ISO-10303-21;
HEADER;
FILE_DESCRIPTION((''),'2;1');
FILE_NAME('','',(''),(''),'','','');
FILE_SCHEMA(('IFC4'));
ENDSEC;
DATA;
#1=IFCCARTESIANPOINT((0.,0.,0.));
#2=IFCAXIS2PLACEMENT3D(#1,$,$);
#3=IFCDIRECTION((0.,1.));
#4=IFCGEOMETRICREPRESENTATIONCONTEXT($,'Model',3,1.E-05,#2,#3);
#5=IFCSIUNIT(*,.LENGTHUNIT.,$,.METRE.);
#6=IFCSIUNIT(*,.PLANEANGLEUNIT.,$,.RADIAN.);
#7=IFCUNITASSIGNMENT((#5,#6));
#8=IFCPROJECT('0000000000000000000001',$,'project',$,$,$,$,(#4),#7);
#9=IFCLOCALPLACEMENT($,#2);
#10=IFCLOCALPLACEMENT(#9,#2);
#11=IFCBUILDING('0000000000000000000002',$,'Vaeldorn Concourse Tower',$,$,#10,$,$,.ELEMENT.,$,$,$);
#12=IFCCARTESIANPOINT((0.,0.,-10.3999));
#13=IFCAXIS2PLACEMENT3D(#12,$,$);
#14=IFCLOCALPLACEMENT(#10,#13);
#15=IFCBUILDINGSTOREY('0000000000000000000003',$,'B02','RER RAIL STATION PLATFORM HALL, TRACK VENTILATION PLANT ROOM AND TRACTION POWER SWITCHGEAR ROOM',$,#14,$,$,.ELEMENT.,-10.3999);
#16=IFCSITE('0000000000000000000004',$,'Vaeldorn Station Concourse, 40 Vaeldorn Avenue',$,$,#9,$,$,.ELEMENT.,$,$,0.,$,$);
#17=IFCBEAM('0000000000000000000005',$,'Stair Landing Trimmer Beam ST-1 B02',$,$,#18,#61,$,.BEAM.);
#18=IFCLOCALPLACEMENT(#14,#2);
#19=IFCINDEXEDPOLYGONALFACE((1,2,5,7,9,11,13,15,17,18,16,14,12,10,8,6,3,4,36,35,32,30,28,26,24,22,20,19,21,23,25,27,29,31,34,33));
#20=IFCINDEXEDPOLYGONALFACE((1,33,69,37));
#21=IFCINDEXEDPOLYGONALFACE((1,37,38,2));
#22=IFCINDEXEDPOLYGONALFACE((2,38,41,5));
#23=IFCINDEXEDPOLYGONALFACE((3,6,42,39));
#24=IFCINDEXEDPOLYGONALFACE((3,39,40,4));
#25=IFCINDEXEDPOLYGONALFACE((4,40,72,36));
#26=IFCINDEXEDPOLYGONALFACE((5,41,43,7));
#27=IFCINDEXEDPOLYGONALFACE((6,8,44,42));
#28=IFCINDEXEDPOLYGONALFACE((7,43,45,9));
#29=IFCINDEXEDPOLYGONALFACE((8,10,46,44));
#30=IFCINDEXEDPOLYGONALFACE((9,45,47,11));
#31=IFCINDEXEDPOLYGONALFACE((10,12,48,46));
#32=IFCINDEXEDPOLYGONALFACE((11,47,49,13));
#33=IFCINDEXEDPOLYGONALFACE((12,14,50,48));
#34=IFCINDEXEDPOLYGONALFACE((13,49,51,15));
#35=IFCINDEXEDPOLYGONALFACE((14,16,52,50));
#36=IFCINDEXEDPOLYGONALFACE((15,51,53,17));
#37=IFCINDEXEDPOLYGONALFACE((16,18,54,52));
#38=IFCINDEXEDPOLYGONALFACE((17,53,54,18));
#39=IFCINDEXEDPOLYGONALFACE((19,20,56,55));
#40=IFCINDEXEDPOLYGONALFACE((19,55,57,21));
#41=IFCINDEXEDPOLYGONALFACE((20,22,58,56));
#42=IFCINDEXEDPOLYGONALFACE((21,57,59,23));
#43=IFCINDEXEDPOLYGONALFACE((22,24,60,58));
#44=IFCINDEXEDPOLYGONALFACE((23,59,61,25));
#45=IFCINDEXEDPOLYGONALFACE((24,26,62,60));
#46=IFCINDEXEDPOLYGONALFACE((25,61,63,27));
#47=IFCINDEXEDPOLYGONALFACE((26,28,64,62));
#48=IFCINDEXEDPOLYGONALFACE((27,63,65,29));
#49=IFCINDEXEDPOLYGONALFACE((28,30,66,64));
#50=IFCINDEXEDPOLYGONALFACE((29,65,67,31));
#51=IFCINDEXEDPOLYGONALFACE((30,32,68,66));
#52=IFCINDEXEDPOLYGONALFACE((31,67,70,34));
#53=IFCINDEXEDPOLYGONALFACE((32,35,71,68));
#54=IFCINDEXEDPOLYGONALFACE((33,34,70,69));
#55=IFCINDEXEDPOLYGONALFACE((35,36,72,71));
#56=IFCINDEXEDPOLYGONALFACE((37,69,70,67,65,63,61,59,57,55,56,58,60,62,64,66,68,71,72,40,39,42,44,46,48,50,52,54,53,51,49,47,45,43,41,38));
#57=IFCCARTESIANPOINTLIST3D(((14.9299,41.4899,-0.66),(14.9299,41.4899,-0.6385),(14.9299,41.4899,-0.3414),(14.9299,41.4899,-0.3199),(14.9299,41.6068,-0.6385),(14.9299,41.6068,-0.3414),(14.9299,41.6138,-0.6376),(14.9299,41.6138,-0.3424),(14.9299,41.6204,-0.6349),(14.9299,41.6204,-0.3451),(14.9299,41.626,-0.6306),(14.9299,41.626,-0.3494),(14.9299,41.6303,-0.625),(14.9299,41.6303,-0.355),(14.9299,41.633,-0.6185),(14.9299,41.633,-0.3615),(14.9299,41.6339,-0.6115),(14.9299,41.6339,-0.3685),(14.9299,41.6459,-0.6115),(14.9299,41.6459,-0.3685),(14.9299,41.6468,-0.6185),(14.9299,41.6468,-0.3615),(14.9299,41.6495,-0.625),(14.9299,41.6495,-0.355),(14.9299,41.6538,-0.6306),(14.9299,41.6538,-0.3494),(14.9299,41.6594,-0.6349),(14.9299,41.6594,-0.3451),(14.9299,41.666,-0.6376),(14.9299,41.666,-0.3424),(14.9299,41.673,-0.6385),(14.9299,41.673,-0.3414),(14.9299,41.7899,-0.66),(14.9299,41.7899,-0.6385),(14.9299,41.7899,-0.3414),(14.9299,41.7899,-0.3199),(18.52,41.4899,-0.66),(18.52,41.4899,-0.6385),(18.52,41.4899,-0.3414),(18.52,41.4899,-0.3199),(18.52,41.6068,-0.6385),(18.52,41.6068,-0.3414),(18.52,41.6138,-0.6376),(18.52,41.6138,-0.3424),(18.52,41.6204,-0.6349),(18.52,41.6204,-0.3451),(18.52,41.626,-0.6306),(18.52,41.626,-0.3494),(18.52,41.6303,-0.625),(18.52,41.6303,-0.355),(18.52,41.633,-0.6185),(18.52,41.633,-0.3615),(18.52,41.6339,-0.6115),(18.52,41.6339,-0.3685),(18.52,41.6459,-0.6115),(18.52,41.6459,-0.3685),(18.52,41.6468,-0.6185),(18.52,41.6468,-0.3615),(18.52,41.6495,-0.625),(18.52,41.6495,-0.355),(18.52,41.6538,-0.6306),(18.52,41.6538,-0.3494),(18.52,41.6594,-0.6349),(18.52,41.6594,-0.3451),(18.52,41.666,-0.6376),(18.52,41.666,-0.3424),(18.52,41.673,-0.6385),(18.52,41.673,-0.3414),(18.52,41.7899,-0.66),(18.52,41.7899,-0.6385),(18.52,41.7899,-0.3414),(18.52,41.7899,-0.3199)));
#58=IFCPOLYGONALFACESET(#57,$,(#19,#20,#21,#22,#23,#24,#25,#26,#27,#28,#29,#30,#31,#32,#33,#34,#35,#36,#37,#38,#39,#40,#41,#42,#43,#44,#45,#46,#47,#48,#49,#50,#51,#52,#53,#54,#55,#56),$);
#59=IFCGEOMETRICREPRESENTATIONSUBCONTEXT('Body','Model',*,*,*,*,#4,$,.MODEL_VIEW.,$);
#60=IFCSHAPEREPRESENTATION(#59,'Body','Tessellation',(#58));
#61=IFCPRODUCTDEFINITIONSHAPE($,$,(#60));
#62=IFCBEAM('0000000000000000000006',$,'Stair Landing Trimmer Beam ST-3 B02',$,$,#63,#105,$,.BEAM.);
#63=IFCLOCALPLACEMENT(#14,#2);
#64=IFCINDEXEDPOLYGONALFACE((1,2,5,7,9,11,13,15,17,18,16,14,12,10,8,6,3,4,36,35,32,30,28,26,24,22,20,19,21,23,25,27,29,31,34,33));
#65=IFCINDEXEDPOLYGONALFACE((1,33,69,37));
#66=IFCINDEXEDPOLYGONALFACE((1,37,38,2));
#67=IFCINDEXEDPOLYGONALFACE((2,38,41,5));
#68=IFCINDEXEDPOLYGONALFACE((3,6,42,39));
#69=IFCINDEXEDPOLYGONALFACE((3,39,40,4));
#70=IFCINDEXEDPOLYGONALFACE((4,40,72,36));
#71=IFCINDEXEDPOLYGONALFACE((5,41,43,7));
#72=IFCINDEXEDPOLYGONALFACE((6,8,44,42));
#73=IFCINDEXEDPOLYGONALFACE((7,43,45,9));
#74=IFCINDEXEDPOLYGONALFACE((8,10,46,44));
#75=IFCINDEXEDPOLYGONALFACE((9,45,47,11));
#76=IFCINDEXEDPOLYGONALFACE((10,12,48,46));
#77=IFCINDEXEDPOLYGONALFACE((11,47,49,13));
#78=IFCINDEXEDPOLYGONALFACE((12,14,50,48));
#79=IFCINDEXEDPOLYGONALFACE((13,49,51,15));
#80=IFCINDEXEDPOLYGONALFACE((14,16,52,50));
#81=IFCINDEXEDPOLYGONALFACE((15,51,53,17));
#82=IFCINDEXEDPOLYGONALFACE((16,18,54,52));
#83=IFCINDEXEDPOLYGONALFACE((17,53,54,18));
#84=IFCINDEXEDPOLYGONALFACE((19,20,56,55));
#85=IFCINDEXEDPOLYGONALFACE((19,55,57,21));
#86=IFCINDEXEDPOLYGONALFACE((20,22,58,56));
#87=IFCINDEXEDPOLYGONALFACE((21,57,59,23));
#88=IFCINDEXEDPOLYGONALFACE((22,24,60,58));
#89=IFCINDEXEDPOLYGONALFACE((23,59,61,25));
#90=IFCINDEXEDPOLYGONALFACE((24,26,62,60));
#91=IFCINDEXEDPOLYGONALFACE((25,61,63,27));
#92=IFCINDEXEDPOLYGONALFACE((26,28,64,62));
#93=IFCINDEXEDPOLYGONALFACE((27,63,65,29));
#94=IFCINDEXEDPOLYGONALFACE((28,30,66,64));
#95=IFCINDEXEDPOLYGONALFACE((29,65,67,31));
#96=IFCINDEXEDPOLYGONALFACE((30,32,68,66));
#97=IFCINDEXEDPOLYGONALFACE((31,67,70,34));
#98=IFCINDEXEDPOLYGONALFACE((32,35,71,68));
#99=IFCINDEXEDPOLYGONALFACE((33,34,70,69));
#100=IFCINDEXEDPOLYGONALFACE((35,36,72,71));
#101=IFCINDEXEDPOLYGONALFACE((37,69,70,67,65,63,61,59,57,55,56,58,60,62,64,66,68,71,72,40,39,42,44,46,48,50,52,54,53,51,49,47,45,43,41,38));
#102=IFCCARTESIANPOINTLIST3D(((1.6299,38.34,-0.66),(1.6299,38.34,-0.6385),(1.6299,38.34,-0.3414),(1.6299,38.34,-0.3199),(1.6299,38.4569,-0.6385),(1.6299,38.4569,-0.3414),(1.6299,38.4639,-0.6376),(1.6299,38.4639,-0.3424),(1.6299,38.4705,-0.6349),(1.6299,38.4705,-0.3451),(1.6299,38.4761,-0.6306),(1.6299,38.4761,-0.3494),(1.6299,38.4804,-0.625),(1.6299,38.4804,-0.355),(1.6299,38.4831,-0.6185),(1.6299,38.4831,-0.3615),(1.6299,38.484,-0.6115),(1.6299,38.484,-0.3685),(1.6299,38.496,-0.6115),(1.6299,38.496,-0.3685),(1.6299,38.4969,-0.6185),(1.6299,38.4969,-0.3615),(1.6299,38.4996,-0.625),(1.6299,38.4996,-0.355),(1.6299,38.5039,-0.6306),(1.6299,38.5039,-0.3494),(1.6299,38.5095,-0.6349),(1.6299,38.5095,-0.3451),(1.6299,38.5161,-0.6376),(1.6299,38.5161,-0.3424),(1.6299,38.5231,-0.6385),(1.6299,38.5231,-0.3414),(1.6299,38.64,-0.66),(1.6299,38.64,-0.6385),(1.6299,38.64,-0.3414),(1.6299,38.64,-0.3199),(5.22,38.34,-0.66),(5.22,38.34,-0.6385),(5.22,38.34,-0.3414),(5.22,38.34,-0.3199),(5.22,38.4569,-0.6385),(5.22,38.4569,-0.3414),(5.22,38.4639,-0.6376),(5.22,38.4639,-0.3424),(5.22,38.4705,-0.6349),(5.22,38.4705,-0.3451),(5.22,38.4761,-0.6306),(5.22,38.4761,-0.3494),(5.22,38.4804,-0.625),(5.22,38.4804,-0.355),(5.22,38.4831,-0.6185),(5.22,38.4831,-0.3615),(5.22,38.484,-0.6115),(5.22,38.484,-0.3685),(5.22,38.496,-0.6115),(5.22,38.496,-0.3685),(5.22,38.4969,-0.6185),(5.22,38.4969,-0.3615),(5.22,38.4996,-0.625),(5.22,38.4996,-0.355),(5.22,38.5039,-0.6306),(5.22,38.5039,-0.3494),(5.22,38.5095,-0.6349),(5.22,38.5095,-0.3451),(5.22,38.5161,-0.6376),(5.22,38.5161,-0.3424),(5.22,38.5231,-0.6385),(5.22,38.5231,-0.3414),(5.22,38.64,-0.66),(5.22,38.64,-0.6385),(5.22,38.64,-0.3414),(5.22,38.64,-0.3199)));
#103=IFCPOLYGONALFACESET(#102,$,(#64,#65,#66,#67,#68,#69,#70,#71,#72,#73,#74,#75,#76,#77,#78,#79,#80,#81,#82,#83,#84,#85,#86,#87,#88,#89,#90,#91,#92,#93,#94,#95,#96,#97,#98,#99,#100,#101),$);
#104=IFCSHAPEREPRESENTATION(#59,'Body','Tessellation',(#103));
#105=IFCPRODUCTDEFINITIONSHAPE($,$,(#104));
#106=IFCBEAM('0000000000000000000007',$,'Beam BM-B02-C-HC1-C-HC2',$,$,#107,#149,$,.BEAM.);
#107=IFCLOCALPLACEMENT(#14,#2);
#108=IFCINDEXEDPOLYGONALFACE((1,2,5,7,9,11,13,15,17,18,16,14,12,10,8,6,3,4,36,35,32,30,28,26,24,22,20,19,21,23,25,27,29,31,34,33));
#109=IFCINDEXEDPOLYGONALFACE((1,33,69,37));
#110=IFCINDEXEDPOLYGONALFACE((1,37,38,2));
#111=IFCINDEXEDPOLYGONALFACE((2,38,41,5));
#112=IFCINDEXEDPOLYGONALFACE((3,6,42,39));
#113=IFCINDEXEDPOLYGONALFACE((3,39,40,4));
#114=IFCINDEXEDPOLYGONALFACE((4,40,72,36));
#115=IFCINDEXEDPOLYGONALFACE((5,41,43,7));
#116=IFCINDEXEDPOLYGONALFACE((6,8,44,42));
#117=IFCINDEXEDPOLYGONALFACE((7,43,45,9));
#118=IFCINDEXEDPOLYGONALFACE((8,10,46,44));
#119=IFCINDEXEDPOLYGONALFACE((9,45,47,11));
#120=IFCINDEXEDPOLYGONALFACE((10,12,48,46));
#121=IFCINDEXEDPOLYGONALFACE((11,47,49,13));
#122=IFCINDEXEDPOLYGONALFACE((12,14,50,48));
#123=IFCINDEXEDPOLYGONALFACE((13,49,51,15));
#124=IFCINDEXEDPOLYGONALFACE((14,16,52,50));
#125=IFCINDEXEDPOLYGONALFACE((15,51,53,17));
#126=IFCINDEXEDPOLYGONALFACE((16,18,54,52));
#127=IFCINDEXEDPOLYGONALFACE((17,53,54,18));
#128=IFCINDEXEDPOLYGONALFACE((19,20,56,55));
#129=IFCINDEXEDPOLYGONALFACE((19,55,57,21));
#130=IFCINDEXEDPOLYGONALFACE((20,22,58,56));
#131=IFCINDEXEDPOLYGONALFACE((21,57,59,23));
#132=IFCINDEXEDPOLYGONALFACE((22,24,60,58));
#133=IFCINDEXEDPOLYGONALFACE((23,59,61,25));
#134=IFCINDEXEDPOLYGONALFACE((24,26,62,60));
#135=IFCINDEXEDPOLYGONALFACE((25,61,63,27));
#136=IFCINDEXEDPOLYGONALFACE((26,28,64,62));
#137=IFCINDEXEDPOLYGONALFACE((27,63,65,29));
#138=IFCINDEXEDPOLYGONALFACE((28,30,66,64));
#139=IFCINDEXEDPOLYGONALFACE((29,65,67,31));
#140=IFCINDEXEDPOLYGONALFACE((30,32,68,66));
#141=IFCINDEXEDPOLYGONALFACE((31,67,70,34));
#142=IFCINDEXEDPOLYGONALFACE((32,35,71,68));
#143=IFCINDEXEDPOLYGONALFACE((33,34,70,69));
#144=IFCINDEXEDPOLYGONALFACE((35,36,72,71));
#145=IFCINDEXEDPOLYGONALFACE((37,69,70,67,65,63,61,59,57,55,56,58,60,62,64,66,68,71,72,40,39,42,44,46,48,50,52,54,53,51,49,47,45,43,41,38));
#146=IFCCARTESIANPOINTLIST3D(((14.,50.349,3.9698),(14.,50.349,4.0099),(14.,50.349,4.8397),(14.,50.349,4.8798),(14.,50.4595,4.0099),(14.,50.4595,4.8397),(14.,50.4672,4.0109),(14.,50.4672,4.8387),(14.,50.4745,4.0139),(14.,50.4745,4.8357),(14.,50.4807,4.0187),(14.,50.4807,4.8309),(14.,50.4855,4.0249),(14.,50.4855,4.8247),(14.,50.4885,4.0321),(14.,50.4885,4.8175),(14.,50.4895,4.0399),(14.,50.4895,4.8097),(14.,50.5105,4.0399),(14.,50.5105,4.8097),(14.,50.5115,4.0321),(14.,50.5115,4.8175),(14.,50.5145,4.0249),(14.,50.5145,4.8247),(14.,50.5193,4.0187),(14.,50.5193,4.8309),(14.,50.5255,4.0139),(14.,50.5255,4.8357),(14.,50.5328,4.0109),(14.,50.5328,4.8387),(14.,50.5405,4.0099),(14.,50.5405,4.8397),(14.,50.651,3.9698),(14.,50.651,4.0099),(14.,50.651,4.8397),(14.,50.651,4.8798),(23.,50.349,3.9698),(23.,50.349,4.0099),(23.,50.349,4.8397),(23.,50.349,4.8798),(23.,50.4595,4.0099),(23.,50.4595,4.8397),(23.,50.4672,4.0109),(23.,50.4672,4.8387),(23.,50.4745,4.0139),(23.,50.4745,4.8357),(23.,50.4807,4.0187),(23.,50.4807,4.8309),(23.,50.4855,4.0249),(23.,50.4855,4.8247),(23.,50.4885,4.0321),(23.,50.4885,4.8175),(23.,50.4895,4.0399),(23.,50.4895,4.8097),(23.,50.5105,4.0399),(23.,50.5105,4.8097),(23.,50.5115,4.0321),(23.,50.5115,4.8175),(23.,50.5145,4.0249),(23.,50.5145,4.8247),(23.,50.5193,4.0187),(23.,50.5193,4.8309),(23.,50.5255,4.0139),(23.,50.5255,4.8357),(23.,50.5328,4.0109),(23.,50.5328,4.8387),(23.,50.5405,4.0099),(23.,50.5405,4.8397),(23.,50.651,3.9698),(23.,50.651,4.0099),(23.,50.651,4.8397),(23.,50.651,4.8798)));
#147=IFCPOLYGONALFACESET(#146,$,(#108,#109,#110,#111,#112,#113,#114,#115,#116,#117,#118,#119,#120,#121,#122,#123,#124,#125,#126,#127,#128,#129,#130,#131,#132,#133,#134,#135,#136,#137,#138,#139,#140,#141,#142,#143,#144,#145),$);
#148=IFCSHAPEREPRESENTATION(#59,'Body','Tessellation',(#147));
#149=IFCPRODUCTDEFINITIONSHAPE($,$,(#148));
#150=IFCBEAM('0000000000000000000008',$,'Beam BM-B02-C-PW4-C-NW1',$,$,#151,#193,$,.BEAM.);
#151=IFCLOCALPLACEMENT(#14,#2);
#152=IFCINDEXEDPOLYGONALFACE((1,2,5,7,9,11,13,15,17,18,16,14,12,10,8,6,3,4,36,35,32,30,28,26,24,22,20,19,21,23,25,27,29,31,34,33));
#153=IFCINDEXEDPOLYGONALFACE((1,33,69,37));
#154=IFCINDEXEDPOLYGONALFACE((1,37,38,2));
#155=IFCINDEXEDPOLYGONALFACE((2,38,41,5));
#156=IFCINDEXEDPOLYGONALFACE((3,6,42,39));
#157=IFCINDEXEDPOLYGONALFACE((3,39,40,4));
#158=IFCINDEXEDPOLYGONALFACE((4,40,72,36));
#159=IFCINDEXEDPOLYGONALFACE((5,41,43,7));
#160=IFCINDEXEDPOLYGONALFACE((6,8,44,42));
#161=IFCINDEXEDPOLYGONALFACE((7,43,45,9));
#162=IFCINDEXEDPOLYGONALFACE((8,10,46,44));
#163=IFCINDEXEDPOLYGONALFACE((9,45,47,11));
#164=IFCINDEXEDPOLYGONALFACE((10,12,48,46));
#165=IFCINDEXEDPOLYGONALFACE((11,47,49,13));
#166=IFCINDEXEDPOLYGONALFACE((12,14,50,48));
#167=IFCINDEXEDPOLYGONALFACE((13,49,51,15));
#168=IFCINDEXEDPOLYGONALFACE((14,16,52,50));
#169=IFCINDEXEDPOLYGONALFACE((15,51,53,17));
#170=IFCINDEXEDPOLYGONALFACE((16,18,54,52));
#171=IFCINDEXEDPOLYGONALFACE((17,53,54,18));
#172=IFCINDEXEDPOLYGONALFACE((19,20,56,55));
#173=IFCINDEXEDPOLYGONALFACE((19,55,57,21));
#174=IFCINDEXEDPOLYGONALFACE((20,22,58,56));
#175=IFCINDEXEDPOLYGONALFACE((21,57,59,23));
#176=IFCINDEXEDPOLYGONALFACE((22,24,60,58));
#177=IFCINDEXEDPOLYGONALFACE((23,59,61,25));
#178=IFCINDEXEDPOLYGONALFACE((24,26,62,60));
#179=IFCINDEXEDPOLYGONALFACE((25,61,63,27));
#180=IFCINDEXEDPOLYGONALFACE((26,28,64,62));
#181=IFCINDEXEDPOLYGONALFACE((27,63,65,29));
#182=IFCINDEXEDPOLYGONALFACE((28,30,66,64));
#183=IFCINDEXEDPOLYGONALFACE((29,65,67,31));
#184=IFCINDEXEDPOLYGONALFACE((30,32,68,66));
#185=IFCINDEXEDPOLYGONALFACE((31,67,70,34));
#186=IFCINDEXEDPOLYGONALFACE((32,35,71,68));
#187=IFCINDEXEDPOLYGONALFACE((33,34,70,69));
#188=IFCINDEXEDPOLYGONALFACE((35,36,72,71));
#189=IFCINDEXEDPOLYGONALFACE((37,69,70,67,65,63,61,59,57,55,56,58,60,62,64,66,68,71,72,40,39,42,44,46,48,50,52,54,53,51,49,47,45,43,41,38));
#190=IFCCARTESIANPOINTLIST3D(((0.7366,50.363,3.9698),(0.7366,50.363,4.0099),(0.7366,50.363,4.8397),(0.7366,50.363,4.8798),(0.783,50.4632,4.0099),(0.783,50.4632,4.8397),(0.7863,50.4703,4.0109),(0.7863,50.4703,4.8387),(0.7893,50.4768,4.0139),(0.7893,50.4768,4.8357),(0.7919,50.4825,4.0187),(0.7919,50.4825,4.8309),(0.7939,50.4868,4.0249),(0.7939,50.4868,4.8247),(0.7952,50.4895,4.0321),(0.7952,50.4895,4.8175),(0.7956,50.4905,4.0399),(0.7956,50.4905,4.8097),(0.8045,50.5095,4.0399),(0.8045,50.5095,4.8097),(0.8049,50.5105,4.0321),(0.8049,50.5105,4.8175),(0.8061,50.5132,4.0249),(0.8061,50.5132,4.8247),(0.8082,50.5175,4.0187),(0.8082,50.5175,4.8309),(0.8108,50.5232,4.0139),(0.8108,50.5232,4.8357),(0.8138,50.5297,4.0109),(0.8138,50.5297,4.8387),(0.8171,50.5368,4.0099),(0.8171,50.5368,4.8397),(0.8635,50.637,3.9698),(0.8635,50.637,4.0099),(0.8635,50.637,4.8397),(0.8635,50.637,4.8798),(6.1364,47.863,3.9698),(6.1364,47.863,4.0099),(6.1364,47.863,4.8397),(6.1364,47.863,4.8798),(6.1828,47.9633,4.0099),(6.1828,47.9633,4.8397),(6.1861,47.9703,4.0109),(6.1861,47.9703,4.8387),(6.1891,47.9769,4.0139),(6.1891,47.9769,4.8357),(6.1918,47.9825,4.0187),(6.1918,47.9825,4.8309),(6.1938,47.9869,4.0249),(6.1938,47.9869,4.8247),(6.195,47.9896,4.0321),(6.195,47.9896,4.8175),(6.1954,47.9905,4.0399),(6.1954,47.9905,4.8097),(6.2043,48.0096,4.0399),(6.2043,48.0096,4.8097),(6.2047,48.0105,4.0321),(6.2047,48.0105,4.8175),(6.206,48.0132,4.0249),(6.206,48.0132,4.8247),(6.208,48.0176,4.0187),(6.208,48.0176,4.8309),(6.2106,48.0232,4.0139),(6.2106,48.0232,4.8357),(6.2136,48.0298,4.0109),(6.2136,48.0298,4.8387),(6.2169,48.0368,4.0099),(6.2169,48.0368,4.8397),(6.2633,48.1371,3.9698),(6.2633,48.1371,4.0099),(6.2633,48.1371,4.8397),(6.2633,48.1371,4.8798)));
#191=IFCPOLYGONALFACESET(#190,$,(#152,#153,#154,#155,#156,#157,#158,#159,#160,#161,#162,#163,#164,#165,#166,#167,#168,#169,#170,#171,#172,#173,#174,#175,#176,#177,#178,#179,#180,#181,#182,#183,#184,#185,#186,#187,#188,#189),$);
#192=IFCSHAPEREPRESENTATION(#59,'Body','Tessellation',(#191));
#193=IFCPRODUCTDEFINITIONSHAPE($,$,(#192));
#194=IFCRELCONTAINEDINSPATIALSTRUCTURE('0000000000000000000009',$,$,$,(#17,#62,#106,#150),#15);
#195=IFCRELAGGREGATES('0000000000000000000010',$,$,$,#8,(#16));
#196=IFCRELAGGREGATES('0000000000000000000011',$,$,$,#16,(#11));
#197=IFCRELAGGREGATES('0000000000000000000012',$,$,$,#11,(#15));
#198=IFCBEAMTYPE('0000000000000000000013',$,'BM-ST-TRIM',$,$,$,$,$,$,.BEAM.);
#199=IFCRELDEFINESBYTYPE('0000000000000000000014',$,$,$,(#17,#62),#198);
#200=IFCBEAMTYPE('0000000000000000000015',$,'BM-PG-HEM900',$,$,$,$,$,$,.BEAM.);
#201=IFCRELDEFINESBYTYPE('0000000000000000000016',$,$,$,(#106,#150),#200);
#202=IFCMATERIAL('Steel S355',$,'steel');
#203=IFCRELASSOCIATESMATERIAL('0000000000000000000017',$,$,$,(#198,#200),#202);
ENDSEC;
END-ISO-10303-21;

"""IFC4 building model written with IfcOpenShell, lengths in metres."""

from ifc_helpers import new_model, si_unit, direction, frame, origin, origin_2d, place, context, subcontext, project, spatial, i_section, extrude, source, transform, mapped, material, material_profile, profile_set, type_object, element, save


model = new_model("IFC4")

# Units and contexts
model_context = context("Model", 3, precision=1e-05, world=origin(), true_north=direction((0.0, 1.0)))
body_context = subcontext(model_context, "Body", "Model", "MODEL_VIEW")
ifc_project = project(units=[si_unit("LENGTHUNIT", "METRE"), si_unit("PLANEANGLEUNIT", "RADIAN")], contexts=[model_context])

# Site, building, storey
site_placement = place(None, origin())
site = spatial("IfcSite", under=ifc_project, at=site_placement, Name="Vaeldorn Station Concourse, 40 Vaeldorn Avenue", CompositionType="ELEMENT", RefElevation=0.0)
building_placement = place(site_placement, origin())
building = spatial("IfcBuilding", under=site, at=building_placement, Name="Vaeldorn Concourse Tower", CompositionType="ELEMENT")
storey_placement = place(building_placement, frame((0.0, 0.0, -10.3999)))
storey = spatial("IfcBuildingStorey", under=building, at=storey_placement, Name="B02", Description="RER RAIL STATION PLATFORM HALL, TRACK VENTILATION PLANT ROOM AND TRACTION POWER SWITCHGEAR ROOM", CompositionType="ELEMENT", Elevation=-10.3999)

# Beams
ifc_material_1 = material(Name="Steel S355", Category="steel")
ifc_material_profile_1 = material_profile(ifc_material_1, i_section(OverallWidth=0.3, OverallDepth=0.3401, WebThickness=0.012, FlangeThickness=0.0215, FilletRadius=0.0271, at=origin_2d()), Name="HEB 340")
ifc_profile_set_1 = profile_set([ifc_material_profile_1], Name="Steel S355")
beam_type_1 = type_object("IfcBeamType", Name="BM-ST-TRIM", PredefinedType="BEAM", material=ifc_profile_set_1)
shared_shape_1 = source(origin(), body_context, "Body", "SweptSolid", [
    extrude(i_section(OverallWidth=0.3, OverallDepth=0.3401, WebThickness=0.012, FlangeThickness=0.0215, FilletRadius=0.0271, at=origin_2d()), origin(), (0.0, 0.0, 1.0), 3.5901),
])
for number, where, z_axis, x_axis, name in (
    (1, (14.9299, 41.6399, -0.49), (1.0, 0.0, 0.0), (0.0, 1.0, 0.0), "Stair Landing Trimmer Beam ST-1 B02"),
    (2, (1.6299, 38.49, -0.49), (1.0, 0.0, 0.0), (0.0, 1.0, 0.0), "Stair Landing Trimmer Beam ST-3 B02"),
):
    element("IfcBeam", number, at=place(storey_placement, frame(where, z_axis=z_axis, x_axis=x_axis)), inside=storey, type_object=beam_type_1, Name=name, PredefinedType="BEAM", context=body_context, shape_type="MappedRepresentation", body=[
        mapped(shared_shape_1, transform((0.0, 0.0, 0.0), scale=1.0)),
    ])
ifc_material_profile_2 = material_profile(ifc_material_1, i_section(OverallWidth=0.302, OverallDepth=0.9099, WebThickness=0.021, FlangeThickness=0.04, FilletRadius=0.03, at=origin_2d()), Name="HEM 900")
ifc_profile_set_2 = profile_set([ifc_material_profile_2], Name="Steel S355")
beam_type_2 = type_object("IfcBeamType", Name="BM-PG-HEM900", PredefinedType="BEAM", material=ifc_profile_set_2)
shared_shape_2 = source(origin(), body_context, "Body", "SweptSolid", [
    extrude(i_section(OverallWidth=0.302, OverallDepth=0.9099, WebThickness=0.021, FlangeThickness=0.04, FilletRadius=0.03, at=origin_2d()), origin(), (0.0, 0.0, 1.0), 9.0),
])
beam_1_placement = place(storey_placement, frame((14.0, 50.5, 4.4248), z_axis=(1.0, 0.0, 0.0), x_axis=(0.0, 1.0, 0.0)))
element("IfcBeam", 3, at=beam_1_placement, inside=storey, type_object=beam_type_2, Name="Beam BM-B02-C-HC1-C-HC2", PredefinedType="BEAM", context=body_context, shape_type="MappedRepresentation", body=[
    mapped(shared_shape_2, transform((0.0, 0.0, 0.0), scale=1.0)),
])
shared_shape_3 = source(origin(), body_context, "Body", "SweptSolid", [
    extrude(i_section(OverallWidth=0.302, OverallDepth=0.9099, WebThickness=0.021, FlangeThickness=0.04, FilletRadius=0.03, at=origin_2d()), origin(), (0.0, 0.0, 1.0), 5.9504),
])
beam_2_placement = place(storey_placement, frame((0.8, 50.5, 4.4248), z_axis=(0.907464, -0.42013, 0.0), x_axis=(0.42013, 0.907464, 0.0)))
element("IfcBeam", 4, at=beam_2_placement, inside=storey, type_object=beam_type_2, Name="Beam BM-B02-C-PW4-C-NW1", PredefinedType="BEAM", context=body_context, shape_type="MappedRepresentation", body=[
    mapped(shared_shape_3, transform((0.0, 0.0, 0.0), scale=1.0)),
])

save(model, "model.ifc")
